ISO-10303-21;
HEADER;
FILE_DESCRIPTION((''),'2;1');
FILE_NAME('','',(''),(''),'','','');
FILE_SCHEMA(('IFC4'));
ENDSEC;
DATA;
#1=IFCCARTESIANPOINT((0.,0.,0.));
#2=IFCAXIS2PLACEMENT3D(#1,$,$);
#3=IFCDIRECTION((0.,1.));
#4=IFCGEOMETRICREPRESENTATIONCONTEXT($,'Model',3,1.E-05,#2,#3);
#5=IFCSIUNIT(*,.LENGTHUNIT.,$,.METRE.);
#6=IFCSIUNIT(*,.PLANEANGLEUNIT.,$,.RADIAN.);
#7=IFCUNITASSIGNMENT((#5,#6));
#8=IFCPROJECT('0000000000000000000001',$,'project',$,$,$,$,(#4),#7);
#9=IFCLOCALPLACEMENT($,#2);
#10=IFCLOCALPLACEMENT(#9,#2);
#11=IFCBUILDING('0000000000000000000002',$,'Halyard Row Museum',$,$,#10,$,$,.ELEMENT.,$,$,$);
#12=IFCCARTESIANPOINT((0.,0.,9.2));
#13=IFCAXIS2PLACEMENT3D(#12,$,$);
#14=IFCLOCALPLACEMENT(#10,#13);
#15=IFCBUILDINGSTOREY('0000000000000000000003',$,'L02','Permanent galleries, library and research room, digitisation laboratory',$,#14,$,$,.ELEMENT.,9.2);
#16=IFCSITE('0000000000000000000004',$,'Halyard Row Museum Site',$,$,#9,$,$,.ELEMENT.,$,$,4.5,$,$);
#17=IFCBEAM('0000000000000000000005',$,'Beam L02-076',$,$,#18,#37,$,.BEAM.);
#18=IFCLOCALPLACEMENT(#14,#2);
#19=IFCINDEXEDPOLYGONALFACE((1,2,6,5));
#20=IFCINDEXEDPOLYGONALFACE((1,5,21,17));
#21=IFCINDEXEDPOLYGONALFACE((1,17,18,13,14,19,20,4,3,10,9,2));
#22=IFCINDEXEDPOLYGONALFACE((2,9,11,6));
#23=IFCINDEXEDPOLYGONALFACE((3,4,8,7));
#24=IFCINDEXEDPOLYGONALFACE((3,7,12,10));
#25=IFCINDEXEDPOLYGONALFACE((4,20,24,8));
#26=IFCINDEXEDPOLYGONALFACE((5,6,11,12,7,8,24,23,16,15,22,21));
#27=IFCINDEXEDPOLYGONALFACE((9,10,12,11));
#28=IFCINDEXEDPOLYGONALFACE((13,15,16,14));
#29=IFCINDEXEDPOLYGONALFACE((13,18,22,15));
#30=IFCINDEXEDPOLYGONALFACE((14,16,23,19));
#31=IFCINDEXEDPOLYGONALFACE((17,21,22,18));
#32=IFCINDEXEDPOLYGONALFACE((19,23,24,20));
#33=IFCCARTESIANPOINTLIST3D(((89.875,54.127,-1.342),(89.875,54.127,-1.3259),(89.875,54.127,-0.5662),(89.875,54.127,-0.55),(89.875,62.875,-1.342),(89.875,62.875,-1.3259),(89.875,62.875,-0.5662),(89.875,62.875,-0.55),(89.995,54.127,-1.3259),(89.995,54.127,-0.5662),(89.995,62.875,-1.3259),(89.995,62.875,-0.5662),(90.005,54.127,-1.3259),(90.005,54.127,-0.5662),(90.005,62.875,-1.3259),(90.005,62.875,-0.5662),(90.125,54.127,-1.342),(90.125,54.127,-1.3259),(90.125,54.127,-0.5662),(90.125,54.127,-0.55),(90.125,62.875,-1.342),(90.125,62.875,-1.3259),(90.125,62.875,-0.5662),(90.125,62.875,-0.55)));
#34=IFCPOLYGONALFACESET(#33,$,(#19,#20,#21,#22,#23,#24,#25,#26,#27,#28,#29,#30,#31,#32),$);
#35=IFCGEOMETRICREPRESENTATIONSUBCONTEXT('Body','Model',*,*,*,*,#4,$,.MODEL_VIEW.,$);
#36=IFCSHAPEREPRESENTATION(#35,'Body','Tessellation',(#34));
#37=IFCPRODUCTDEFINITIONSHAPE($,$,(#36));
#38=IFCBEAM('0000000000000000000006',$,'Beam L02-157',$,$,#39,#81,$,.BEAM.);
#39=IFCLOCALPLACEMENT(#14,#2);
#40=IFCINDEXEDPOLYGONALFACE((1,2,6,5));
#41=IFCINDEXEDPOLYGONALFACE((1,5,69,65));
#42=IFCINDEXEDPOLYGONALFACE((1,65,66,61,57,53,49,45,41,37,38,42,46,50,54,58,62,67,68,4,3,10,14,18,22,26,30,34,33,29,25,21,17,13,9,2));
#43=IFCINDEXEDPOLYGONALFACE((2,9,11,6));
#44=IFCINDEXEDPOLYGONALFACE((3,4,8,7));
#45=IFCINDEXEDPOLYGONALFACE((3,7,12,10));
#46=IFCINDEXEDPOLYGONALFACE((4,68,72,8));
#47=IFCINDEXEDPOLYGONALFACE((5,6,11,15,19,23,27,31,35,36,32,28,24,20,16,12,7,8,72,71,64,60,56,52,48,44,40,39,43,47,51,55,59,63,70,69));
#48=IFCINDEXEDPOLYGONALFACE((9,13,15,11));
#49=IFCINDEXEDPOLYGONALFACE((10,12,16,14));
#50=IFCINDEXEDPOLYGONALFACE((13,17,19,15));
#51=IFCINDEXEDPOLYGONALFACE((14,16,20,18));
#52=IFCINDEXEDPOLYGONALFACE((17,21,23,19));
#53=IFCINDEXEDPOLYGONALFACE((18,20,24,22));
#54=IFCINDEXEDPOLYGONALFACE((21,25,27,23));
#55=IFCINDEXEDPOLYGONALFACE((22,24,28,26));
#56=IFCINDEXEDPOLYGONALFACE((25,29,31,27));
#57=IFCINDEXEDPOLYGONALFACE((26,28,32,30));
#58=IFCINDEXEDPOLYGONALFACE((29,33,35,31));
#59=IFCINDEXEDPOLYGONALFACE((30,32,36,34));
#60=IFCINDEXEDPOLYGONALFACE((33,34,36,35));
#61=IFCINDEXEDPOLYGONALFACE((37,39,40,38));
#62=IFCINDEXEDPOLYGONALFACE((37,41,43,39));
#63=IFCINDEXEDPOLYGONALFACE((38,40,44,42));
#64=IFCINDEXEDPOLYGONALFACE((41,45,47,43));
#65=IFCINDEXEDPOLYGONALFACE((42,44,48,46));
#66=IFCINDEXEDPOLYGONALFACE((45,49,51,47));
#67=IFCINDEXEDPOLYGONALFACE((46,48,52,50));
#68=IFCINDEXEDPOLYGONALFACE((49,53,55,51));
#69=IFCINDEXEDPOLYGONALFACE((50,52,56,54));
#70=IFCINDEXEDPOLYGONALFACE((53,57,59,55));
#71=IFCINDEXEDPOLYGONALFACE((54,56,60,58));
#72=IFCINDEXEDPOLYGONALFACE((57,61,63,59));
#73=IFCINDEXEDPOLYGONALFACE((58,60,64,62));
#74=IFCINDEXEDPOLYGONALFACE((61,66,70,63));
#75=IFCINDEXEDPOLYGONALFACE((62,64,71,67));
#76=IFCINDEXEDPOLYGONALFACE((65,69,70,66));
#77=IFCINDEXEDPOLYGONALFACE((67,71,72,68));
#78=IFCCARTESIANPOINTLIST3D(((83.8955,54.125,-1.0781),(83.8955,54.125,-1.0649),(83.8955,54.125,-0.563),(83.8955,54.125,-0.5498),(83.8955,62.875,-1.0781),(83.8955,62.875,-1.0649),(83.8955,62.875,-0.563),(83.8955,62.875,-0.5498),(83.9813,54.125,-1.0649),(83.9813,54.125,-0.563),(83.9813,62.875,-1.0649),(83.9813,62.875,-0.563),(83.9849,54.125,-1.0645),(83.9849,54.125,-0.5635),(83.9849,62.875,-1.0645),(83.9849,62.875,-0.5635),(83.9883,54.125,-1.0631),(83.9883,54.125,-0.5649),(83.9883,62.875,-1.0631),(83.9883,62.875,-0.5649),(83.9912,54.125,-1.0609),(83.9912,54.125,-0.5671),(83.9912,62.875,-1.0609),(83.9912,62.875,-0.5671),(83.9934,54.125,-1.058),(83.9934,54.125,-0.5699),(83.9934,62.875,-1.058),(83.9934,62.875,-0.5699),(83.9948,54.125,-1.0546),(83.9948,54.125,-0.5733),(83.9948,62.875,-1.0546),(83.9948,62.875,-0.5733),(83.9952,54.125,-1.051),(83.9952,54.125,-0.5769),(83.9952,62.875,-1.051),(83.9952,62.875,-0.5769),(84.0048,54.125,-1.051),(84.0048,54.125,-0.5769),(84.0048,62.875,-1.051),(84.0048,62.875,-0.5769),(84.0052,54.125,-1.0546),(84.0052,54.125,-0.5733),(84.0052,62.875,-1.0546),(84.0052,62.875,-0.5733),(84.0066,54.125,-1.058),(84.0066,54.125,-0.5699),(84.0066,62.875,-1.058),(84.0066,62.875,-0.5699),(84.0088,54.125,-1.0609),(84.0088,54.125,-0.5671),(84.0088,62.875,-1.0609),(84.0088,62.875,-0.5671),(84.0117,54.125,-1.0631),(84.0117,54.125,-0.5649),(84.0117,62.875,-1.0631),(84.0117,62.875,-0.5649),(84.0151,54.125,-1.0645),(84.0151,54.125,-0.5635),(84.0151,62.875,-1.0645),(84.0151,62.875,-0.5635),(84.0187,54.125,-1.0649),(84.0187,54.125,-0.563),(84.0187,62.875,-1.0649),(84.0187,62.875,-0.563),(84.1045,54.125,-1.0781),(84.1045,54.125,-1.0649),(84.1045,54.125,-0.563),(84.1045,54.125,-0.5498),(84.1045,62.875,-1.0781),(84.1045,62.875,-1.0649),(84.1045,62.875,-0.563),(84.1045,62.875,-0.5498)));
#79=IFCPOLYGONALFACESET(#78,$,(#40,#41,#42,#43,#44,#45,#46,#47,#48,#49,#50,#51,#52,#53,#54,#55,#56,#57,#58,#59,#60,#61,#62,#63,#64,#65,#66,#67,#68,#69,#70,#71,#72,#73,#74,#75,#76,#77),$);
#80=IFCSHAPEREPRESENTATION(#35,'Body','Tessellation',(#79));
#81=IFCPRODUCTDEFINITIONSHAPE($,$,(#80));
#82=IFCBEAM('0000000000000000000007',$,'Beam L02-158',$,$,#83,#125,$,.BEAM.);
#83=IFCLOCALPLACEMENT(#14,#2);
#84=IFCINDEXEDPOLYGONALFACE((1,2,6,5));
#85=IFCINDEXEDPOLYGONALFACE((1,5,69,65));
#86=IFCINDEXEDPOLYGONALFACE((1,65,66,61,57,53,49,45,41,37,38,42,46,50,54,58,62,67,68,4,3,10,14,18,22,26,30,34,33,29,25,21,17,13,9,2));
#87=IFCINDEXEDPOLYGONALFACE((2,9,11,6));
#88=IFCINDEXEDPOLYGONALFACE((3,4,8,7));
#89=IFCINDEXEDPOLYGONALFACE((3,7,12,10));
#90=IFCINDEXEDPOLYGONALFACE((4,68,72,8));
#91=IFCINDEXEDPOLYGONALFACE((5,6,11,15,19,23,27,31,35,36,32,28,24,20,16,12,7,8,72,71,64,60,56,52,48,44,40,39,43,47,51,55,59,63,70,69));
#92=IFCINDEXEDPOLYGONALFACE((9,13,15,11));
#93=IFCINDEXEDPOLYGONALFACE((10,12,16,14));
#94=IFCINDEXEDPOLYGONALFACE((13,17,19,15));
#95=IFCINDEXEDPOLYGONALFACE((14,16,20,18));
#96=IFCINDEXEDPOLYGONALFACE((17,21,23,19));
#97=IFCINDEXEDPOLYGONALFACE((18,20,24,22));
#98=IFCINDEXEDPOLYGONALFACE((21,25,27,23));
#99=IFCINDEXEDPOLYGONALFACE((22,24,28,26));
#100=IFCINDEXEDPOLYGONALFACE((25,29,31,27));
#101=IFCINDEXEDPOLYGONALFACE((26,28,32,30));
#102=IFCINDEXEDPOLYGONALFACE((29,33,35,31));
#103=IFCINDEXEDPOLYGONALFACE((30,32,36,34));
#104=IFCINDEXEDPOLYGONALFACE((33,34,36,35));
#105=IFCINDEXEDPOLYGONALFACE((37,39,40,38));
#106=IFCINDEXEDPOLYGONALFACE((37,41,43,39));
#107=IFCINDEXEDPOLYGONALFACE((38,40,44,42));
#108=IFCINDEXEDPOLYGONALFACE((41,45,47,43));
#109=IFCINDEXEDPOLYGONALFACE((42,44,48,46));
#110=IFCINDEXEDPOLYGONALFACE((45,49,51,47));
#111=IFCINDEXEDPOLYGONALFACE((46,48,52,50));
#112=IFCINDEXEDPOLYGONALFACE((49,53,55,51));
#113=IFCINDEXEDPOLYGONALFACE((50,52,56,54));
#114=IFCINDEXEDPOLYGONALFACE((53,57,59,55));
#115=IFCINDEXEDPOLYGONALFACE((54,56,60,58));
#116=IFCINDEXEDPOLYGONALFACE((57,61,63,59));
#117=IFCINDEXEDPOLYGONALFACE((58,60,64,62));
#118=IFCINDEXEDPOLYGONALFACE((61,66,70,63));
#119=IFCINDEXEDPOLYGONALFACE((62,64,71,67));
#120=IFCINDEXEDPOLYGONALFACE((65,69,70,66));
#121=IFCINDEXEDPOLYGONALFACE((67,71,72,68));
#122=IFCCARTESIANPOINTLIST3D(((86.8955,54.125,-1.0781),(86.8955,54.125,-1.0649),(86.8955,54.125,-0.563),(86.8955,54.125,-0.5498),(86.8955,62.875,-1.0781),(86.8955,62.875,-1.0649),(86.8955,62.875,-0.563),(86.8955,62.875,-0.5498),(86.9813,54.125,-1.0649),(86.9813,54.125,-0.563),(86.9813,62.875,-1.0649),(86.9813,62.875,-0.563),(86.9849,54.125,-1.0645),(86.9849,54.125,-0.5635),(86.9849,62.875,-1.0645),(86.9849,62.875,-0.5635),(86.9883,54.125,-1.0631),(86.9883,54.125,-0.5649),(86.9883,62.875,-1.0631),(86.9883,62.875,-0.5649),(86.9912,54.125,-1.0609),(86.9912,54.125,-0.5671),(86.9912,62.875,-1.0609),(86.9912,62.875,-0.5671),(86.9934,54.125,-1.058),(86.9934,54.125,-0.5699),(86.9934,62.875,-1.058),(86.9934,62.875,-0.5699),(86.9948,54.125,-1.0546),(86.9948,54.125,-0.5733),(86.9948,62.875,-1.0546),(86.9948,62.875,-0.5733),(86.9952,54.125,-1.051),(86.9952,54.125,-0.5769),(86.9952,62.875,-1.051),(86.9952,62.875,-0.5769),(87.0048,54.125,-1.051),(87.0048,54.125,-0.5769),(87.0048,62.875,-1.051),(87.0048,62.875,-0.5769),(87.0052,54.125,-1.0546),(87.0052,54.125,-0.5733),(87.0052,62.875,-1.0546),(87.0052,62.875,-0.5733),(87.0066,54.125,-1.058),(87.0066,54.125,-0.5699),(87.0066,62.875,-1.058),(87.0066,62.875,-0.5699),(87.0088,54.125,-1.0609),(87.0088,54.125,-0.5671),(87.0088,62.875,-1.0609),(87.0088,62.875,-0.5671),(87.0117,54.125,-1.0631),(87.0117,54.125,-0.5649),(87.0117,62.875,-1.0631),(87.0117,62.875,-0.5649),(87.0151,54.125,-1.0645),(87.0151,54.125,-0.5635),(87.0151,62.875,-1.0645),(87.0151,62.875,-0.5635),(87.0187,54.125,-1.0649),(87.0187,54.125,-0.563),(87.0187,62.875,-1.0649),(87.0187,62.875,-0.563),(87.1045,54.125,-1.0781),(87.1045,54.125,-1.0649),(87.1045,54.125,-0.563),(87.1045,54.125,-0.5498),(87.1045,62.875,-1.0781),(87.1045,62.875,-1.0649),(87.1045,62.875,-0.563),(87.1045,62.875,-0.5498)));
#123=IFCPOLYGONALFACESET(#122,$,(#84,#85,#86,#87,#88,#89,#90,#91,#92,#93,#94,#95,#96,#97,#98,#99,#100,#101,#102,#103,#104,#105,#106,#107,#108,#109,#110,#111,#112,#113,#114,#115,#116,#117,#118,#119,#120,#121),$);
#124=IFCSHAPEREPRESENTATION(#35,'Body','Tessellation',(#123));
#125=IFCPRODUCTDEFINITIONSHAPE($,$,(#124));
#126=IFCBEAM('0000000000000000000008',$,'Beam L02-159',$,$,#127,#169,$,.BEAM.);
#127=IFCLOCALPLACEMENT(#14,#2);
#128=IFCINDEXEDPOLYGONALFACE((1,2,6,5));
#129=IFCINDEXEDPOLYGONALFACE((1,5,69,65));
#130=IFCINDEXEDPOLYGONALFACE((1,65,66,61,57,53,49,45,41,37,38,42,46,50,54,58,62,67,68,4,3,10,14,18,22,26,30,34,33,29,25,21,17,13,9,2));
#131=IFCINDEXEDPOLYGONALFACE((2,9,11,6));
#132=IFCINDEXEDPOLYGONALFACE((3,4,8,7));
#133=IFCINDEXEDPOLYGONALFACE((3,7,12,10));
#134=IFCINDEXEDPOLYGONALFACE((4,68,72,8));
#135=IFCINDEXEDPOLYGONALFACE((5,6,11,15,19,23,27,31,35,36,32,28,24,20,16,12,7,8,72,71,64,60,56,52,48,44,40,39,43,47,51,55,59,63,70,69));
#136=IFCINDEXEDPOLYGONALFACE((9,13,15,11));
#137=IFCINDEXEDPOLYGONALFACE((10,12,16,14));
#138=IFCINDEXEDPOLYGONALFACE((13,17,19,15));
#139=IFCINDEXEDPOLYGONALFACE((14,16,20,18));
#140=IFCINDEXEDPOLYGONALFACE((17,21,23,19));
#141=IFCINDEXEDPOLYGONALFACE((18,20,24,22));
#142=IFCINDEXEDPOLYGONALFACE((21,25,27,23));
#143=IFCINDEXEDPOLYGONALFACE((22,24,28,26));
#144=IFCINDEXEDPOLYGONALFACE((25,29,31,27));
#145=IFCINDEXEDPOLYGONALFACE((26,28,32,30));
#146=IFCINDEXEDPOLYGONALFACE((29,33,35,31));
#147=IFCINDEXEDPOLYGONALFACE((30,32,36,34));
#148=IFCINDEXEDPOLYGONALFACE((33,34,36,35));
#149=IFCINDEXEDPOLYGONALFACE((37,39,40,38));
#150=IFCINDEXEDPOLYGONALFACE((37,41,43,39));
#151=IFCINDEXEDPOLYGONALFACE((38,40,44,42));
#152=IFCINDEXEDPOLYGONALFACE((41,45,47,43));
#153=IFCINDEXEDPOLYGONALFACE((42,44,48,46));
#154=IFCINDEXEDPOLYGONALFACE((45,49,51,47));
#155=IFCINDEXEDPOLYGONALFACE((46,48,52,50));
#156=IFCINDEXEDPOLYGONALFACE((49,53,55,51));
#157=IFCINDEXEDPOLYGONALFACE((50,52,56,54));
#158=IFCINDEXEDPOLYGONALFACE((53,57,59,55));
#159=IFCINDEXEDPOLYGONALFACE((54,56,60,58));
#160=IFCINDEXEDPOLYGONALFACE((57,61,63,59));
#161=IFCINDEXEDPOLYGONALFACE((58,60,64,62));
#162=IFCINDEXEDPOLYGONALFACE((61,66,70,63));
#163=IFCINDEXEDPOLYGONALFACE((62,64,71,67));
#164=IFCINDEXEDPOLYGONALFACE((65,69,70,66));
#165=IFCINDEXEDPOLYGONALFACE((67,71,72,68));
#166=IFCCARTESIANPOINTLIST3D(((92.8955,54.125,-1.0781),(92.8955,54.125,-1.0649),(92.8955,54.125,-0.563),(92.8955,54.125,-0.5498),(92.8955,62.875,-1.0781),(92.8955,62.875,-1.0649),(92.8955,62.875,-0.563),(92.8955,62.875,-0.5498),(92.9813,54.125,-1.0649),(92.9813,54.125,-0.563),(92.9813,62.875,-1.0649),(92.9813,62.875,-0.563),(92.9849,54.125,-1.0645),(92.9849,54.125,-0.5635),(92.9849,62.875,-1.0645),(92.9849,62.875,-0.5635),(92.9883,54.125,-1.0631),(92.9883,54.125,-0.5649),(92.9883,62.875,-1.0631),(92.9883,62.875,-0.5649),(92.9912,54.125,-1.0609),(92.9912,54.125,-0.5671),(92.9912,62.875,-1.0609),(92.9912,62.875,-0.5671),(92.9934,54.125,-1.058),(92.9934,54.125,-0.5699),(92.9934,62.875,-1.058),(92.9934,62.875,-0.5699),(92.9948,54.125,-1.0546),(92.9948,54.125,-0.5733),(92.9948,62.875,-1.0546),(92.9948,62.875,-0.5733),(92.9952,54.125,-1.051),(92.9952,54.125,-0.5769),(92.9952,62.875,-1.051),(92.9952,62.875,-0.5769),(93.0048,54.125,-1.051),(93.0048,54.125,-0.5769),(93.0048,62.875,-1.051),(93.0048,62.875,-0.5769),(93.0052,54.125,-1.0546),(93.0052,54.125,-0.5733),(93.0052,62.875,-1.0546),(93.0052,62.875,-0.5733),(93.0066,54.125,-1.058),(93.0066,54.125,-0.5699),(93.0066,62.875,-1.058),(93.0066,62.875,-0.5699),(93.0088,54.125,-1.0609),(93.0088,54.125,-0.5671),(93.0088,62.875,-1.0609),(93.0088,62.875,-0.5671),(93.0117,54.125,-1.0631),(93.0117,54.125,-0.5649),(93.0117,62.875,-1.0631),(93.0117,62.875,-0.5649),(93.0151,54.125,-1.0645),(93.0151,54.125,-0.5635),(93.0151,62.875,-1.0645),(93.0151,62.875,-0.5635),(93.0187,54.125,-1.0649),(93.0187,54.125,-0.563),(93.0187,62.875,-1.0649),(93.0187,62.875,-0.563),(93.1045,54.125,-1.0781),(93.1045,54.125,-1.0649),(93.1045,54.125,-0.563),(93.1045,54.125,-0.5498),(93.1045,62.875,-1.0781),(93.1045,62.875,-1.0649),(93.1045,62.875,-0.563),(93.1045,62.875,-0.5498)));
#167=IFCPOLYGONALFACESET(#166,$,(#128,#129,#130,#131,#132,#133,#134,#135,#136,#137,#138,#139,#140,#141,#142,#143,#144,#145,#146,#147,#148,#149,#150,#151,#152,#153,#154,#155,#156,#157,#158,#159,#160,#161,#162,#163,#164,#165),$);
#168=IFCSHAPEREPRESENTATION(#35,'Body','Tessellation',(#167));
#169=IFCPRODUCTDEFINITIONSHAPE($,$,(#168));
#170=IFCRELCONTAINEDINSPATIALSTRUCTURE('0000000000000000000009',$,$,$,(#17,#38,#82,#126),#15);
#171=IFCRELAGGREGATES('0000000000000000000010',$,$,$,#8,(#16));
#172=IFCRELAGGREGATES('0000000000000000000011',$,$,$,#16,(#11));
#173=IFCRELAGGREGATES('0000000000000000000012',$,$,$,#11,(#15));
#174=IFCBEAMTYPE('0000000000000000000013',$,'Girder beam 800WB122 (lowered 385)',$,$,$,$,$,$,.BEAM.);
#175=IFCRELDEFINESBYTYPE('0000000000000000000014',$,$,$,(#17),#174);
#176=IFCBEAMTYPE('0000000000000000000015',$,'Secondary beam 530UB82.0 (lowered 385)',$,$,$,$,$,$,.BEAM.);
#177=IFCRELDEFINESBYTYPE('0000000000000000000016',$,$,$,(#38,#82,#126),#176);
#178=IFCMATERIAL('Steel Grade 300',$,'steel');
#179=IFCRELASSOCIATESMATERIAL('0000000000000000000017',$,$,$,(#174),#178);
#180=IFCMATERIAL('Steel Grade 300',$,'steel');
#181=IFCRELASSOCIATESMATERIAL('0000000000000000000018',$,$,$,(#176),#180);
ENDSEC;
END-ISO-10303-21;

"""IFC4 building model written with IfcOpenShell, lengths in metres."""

from ifc_helpers import new_model, si_unit, direction, frame, origin, origin_2d, place, context, subcontext, project, spatial, i_section, extrude, material, material_profile, profile_set, type_object, element, save


model = new_model("IFC4")

# Units and contexts
model_context = context("Model", 3, precision=1e-05, world=origin(), true_north=direction((0.0, 1.0)))
body_context = subcontext(model_context, "Body", "Model", "MODEL_VIEW")
ifc_project = project(units=[si_unit("LENGTHUNIT", "METRE"), si_unit("PLANEANGLEUNIT", "RADIAN")], contexts=[model_context])

# Site, building, storey
site_placement = place(None, origin())
site = spatial("IfcSite", under=ifc_project, at=site_placement, Name="Halyard Row Museum Site", CompositionType="ELEMENT", RefElevation=4.5)
building_placement = place(site_placement, origin())
building = spatial("IfcBuilding", under=site, at=building_placement, Name="Halyard Row Museum", CompositionType="ELEMENT")
storey_placement = place(building_placement, frame((0.0, 0.0, 9.2)))
storey = spatial("IfcBuildingStorey", under=building, at=storey_placement, Name="L02", Description="Permanent galleries, library and research room, digitisation laboratory", CompositionType="ELEMENT", Elevation=9.2)

# Beams
ifc_material_1 = material(Name="Steel Grade 300", Category="steel")
ifc_material_profile_1 = material_profile(ifc_material_1, i_section(OverallWidth=0.25, OverallDepth=0.792, WebThickness=0.01, FlangeThickness=0.0161, at=origin_2d()), Name="800WB122")
ifc_profile_set_1 = profile_set([ifc_material_profile_1], Name="Steel Grade 300")
beam_type_1 = type_object("IfcBeamType", Name="Girder beam 800WB122 (lowered 385)", PredefinedType="BEAM", material=ifc_profile_set_1)
beam_1_placement = place(storey_placement, frame((90.0, 54.127, -0.946), z_axis=(0.0, 1.0, 0.0), x_axis=(-1.0, 0.0, 0.0)))
element("IfcBeam", 1, at=beam_1_placement, inside=storey, type_object=beam_type_1, Name="Beam L02-076", PredefinedType="BEAM", context=body_context, shape_type="SweptSolid", body=[
    extrude(i_section(OverallWidth=0.25, OverallDepth=0.792, WebThickness=0.01, FlangeThickness=0.0161, at=origin_2d()), origin(), (0.0, 0.0, 1.0), 8.748),
])
ifc_material_2 = material(Name="Steel Grade 300", Category="steel")
ifc_material_profile_2 = material_profile(ifc_material_2, i_section(OverallWidth=0.209, OverallDepth=0.5283, WebThickness=0.0095, FlangeThickness=0.0132, FilletRadius=0.0139, at=origin_2d()), Name="530UB82.0")
ifc_profile_set_2 = profile_set([ifc_material_profile_2], Name="Steel Grade 300")
beam_type_2 = type_object("IfcBeamType", Name="Secondary beam 530UB82.0 (lowered 385)", PredefinedType="BEAM", material=ifc_profile_set_2)
for number, where, z_axis, x_axis, name in (
    (2, (84.0, 54.125, -0.814), (0.0, 1.0, 0.0), (-1.0, 0.0, 0.0), "Beam L02-157"),
    (3, (87.0, 54.125, -0.814), (0.0, 1.0, 0.0), (-1.0, 0.0, 0.0), "Beam L02-158"),
    (4, (93.0, 54.125, -0.814), (0.0, 1.0, 0.0), (-1.0, 0.0, 0.0), "Beam L02-159"),
):
    element("IfcBeam", number, at=place(storey_placement, frame(where, z_axis=z_axis, x_axis=x_axis)), inside=storey, type_object=beam_type_2, Name=name, PredefinedType="BEAM", context=body_context, shape_type="SweptSolid", body=[
        extrude(i_section(OverallWidth=0.209, OverallDepth=0.5283, WebThickness=0.0095, FlangeThickness=0.0132, FilletRadius=0.0139, at=origin_2d()), origin(), (0.0, 0.0, 1.0), 8.75),
    ])

save(model, "model.ifc")
